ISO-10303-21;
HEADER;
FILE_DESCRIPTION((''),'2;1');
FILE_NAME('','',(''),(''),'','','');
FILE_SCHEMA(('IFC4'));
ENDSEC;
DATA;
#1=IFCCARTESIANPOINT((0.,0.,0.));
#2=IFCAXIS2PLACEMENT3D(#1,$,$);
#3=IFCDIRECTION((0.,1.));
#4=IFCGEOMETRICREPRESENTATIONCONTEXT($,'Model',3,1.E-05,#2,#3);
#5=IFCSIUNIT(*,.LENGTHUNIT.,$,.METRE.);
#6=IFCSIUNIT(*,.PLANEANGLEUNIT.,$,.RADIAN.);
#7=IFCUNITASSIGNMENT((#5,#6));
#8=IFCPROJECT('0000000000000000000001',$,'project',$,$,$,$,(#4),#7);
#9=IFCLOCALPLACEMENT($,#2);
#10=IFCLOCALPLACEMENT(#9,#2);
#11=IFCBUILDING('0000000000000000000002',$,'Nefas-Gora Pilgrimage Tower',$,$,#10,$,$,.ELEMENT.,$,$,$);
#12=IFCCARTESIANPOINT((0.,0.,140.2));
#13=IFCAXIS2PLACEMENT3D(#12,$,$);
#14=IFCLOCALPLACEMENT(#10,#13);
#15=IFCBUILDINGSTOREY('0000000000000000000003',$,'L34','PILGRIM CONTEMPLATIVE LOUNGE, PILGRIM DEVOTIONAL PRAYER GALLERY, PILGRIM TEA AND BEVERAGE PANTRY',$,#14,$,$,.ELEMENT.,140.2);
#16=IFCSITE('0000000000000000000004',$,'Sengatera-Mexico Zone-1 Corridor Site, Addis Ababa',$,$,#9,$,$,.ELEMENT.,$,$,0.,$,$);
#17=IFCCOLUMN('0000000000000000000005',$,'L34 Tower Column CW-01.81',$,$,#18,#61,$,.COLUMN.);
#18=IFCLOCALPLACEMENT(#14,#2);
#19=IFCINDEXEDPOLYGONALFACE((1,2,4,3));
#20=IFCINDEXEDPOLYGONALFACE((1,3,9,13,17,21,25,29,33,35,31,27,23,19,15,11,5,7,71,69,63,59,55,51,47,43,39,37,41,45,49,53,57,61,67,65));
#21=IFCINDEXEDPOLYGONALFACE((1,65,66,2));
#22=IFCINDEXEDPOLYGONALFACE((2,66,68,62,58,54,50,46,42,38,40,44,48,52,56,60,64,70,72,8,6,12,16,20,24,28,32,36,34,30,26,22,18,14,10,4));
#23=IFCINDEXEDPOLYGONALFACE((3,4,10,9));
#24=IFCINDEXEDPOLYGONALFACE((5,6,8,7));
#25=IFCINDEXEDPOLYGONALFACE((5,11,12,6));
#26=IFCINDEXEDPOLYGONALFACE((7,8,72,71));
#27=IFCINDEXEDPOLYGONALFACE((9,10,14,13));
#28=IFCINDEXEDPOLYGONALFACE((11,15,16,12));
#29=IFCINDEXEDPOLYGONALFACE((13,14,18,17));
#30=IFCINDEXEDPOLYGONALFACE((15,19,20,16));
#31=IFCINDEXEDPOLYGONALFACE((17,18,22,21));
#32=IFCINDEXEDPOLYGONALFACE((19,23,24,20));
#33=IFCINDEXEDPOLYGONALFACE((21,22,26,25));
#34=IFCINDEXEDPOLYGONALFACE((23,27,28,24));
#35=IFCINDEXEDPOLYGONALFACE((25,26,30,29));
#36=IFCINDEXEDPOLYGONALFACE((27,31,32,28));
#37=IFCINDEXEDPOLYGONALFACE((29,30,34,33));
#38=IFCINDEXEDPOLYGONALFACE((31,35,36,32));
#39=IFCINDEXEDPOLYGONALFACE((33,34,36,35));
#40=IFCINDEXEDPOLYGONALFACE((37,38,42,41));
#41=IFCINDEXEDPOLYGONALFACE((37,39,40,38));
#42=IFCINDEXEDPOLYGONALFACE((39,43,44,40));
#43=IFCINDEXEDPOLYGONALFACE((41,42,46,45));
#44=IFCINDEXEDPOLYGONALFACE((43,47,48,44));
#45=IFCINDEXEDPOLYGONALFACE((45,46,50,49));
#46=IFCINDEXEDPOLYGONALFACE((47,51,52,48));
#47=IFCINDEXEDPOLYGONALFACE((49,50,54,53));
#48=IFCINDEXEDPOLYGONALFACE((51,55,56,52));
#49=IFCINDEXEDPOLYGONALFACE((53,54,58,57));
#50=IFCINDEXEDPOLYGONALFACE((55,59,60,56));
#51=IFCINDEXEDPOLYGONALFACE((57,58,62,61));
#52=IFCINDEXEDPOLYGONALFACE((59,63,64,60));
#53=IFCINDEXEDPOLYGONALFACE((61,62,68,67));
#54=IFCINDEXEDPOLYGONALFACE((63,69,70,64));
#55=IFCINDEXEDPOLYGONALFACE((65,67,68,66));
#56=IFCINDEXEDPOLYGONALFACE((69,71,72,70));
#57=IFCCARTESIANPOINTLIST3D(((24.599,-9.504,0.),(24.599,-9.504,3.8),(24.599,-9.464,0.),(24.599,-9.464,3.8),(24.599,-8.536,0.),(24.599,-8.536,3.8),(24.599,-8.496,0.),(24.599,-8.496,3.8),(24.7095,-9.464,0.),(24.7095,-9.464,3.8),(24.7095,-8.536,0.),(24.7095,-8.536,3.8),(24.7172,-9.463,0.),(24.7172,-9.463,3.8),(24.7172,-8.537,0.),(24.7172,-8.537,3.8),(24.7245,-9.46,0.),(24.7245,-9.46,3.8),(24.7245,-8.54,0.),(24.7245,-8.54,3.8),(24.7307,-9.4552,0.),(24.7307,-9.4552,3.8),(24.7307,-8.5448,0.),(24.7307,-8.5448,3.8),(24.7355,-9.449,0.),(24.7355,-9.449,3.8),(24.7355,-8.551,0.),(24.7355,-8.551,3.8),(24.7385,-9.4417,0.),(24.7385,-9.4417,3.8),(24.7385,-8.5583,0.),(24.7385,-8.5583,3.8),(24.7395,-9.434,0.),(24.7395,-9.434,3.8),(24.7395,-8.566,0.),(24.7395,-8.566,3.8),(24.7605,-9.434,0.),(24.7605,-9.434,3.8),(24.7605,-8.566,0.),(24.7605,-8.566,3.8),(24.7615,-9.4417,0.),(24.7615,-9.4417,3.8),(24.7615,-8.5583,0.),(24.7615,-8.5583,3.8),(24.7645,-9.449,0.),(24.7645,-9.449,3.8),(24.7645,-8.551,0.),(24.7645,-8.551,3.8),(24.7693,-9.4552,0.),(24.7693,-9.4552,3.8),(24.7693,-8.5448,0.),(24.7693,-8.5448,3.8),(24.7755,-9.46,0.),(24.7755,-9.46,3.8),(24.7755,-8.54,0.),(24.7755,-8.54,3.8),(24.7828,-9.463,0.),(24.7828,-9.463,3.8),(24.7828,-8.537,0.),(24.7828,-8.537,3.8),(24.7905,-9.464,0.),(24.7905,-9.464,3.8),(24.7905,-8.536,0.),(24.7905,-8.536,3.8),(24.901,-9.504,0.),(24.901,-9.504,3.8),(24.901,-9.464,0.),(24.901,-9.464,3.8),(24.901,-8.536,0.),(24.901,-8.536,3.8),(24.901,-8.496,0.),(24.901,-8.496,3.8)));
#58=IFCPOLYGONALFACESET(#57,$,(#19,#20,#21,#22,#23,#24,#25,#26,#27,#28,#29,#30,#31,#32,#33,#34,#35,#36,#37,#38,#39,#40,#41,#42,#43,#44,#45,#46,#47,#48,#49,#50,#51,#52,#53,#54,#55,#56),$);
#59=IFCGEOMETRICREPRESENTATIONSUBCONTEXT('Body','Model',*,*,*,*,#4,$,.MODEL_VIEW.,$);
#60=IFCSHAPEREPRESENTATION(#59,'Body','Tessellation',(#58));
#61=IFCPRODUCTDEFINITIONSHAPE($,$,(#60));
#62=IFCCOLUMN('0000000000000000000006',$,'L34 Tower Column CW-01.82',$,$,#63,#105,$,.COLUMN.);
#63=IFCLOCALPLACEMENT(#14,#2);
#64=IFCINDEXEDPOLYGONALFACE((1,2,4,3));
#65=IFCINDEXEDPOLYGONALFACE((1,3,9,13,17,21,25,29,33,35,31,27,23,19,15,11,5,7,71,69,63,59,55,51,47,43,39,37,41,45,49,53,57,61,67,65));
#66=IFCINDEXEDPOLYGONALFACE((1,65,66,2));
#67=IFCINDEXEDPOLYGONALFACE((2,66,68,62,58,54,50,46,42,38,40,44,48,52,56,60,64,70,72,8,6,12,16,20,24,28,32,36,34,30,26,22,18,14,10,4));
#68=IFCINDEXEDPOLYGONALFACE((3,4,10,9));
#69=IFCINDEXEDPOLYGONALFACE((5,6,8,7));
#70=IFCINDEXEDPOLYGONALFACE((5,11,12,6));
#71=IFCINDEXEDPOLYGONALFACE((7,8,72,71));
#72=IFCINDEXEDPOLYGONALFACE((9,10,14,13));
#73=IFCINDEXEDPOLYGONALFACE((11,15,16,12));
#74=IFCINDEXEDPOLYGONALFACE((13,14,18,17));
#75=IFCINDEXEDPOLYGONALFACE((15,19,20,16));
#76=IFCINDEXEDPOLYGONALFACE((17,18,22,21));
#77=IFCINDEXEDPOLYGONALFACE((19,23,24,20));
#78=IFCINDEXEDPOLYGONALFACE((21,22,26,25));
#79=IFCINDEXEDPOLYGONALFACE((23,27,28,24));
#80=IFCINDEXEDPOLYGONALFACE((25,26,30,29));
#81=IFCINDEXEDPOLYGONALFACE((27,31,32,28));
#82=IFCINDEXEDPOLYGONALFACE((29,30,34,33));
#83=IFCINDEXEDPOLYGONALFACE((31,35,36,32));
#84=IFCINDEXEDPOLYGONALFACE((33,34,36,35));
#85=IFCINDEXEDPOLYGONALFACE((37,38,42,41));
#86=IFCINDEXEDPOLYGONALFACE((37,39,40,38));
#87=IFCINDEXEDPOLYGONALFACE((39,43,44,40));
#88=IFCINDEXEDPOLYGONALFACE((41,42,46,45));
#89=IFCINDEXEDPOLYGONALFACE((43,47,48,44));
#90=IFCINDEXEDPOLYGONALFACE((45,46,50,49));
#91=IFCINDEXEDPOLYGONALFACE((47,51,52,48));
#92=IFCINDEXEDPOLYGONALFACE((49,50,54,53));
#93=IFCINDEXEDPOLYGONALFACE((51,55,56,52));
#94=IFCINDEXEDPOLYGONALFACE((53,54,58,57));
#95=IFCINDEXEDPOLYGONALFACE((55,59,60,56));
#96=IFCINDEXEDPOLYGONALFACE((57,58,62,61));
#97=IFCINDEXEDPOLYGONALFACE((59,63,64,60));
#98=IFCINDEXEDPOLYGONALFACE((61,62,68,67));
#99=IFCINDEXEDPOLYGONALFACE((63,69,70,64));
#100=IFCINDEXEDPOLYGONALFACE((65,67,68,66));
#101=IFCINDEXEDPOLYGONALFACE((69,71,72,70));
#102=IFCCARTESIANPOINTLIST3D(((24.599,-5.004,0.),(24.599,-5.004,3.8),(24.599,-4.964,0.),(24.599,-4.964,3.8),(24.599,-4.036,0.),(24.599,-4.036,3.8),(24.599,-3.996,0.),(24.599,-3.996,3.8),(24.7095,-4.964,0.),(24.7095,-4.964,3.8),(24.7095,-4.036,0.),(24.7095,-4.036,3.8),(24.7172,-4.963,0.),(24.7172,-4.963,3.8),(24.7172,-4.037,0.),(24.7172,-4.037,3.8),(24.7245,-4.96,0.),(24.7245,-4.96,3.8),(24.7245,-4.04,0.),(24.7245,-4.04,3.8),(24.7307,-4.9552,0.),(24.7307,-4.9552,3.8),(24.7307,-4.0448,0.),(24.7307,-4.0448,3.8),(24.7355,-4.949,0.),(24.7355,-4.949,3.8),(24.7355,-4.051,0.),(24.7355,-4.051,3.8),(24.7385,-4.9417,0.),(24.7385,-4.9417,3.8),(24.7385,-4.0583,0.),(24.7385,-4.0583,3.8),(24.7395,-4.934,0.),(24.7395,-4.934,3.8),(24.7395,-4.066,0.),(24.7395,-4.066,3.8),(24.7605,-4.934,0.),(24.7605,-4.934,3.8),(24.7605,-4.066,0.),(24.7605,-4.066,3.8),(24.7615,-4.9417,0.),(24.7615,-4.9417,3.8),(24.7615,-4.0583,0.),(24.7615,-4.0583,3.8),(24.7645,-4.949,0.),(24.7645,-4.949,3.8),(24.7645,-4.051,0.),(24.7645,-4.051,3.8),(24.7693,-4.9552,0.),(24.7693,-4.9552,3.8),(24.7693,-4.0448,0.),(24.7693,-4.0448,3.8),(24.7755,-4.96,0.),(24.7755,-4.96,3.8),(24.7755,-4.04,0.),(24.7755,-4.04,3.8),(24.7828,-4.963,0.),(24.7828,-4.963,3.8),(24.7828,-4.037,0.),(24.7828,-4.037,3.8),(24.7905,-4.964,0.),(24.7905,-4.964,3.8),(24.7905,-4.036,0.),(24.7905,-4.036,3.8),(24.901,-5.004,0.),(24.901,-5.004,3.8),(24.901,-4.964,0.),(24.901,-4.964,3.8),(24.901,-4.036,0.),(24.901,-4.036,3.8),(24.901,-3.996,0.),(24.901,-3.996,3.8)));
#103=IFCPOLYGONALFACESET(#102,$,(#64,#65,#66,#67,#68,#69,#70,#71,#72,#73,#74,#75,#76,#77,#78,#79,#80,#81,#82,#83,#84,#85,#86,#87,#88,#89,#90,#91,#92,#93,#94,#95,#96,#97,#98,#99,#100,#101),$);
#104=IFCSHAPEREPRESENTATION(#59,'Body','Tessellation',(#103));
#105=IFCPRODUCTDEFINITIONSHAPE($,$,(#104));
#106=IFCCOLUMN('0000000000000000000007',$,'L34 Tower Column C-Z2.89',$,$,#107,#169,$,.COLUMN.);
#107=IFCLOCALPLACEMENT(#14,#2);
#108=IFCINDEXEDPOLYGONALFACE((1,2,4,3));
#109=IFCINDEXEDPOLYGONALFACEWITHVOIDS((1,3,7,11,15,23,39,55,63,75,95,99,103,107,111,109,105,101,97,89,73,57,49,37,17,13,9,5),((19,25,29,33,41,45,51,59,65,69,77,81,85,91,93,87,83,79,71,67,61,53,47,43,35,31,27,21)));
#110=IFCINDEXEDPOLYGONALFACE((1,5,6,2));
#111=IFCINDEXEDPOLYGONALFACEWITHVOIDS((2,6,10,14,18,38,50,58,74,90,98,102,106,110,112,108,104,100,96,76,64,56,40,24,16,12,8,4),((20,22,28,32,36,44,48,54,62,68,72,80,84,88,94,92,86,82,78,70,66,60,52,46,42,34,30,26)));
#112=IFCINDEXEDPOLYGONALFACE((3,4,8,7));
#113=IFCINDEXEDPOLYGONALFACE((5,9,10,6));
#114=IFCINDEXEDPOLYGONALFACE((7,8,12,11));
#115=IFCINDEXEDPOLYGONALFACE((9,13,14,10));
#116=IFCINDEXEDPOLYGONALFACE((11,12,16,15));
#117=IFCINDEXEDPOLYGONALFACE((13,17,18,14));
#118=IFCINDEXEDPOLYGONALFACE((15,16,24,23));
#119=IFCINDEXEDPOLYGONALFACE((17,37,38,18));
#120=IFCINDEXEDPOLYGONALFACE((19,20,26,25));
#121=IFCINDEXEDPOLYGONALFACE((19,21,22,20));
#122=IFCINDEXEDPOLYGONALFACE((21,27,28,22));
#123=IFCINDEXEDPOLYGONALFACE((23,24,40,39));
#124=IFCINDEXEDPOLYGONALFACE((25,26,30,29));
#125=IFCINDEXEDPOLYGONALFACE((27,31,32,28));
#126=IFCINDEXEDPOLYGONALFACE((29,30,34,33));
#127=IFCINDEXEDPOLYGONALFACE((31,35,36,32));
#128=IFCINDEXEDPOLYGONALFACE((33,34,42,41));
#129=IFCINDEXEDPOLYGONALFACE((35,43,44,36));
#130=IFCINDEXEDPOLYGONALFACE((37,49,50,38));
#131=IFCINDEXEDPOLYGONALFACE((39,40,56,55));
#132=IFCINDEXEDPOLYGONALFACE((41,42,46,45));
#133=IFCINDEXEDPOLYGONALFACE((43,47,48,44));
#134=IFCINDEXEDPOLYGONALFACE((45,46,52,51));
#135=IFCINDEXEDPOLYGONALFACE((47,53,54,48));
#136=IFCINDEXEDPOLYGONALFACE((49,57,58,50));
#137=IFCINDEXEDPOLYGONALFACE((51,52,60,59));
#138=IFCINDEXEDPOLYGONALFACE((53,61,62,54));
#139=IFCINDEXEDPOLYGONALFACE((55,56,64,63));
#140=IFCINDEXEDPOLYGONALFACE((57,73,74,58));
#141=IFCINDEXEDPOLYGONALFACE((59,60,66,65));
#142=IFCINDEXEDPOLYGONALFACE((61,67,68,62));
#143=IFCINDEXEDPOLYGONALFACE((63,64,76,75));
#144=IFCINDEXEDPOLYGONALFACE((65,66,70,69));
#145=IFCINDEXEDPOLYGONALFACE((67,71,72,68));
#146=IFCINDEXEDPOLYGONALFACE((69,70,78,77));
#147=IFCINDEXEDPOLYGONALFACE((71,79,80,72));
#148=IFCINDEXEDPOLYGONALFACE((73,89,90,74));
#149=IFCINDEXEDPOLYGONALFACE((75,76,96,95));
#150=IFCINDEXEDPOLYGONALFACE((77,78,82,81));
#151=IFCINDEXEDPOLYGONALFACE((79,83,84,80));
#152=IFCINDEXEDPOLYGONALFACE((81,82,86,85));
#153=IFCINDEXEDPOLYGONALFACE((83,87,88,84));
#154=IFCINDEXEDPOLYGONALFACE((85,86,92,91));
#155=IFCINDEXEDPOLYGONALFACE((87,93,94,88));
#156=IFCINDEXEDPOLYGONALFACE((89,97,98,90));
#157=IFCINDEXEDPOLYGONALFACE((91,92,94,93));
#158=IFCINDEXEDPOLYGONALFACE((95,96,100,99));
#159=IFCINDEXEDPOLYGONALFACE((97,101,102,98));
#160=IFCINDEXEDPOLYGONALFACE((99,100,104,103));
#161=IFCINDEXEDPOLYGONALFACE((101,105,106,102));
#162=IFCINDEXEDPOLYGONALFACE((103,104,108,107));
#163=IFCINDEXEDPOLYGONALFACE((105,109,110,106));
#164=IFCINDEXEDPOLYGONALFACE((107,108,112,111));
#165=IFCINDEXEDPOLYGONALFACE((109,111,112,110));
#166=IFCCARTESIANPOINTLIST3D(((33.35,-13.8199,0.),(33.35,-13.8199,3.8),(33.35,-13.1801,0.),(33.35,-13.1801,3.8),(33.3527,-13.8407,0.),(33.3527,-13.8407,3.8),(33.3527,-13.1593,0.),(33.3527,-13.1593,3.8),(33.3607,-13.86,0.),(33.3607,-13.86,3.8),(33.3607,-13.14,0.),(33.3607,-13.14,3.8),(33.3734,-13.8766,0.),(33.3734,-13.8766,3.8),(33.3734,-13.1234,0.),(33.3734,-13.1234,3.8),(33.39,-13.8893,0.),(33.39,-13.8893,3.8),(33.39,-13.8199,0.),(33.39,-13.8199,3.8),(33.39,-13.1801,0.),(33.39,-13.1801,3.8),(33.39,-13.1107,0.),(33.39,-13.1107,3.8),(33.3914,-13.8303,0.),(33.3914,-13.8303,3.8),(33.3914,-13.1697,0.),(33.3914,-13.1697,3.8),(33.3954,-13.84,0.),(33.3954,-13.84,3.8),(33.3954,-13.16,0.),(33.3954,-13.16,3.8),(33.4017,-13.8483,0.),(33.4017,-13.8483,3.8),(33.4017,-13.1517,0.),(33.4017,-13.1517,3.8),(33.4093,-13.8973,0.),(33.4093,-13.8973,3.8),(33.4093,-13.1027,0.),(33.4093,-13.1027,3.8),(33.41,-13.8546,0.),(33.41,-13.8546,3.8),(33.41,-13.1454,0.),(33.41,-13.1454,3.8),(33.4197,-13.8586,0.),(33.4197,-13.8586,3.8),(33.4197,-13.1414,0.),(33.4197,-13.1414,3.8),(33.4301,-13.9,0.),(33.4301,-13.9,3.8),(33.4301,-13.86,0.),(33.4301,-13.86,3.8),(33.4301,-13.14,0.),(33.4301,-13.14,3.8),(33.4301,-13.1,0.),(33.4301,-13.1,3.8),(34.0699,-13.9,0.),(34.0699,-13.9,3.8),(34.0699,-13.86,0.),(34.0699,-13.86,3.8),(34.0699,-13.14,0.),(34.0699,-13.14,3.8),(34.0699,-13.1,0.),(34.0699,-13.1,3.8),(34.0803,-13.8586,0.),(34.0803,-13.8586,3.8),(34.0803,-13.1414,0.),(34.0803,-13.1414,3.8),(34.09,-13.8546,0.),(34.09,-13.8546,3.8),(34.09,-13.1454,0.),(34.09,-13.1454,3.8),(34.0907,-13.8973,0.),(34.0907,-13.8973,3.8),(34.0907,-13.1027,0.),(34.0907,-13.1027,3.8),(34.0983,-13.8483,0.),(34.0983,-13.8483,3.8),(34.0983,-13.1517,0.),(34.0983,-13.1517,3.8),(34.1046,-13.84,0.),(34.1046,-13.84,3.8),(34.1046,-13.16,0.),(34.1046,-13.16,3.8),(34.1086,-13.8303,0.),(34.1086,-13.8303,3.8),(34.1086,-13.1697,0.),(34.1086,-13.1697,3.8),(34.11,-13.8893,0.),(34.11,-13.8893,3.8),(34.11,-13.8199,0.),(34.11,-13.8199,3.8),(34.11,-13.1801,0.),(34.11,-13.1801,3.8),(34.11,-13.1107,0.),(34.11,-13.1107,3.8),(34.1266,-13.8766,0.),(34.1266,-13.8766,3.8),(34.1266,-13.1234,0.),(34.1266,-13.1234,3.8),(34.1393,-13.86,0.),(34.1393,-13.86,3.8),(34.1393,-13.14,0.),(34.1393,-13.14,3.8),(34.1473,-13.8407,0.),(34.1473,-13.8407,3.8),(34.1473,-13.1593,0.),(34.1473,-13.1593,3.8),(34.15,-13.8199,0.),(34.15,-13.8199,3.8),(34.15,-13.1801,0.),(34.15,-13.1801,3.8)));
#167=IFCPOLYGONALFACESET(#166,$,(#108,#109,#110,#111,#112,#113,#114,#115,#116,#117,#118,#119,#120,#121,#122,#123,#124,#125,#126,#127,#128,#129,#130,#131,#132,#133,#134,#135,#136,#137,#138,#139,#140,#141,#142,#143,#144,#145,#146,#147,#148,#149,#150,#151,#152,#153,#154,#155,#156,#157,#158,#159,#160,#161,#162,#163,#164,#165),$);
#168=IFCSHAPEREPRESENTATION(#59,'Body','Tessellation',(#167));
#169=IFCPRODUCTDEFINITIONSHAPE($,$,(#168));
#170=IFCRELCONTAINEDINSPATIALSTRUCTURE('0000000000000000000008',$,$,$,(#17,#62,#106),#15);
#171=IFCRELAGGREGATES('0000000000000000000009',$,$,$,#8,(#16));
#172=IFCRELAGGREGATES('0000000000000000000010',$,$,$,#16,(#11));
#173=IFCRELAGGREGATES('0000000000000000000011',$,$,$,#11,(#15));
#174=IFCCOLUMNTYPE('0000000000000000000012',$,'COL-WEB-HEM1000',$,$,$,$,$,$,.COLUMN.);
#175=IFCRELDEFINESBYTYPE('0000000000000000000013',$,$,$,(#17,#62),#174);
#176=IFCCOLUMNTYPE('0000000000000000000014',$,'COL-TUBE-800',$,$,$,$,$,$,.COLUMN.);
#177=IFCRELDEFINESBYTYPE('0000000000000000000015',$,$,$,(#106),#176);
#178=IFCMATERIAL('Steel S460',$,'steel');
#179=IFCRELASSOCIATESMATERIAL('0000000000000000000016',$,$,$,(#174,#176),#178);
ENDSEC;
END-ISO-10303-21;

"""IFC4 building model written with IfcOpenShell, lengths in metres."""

from ifc_helpers import new_model, si_unit, direction, frame, origin, origin_2d, place, context, subcontext, project, spatial, hollow_rectangle, i_section, extrude, source, transform, mapped, material, material_profile, profile_set, type_object, element, save


model = new_model("IFC4")

# Units and contexts
model_context = context("Model", 3, precision=1e-05, world=origin(), true_north=direction((0.0, 1.0)))
body_context = subcontext(model_context, "Body", "Model", "MODEL_VIEW")
ifc_project = project(units=[si_unit("LENGTHUNIT", "METRE"), si_unit("PLANEANGLEUNIT", "RADIAN")], contexts=[model_context])

# Site, building, storey
site_placement = place(None, origin())
site = spatial("IfcSite", under=ifc_project, at=site_placement, Name="Sengatera-Mexico Zone-1 Corridor Site, Addis Ababa", CompositionType="ELEMENT", RefElevation=0.0)
building_placement = place(site_placement, origin())
building = spatial("IfcBuilding", under=site, at=building_placement, Name="Nefas-Gora Pilgrimage Tower", CompositionType="ELEMENT")
storey_placement = place(building_placement, frame((0.0, 0.0, 140.2)))
storey = spatial("IfcBuildingStorey", under=building, at=storey_placement, Name="L34", Description="PILGRIM CONTEMPLATIVE LOUNGE, PILGRIM DEVOTIONAL PRAYER GALLERY, PILGRIM TEA AND BEVERAGE PANTRY", CompositionType="ELEMENT", Elevation=140.2)

# Columns
ifc_material_1 = material(Name="Steel S460", Category="steel")
ifc_material_profile_1 = material_profile(ifc_material_1, i_section(OverallWidth=0.302, OverallDepth=1.0081, WebThickness=0.021, FlangeThickness=0.04, FilletRadius=0.03, at=origin_2d()), Name="HEM 1000")
ifc_profile_set_1 = profile_set([ifc_material_profile_1], Name="Steel S460")
column_type_1 = type_object("IfcColumnType", Name="COL-WEB-HEM1000", PredefinedType="COLUMN", material=ifc_profile_set_1)
shared_shape_1 = source(origin(), body_context, "Body", "SweptSolid", [
    extrude(i_section(OverallWidth=0.302, OverallDepth=1.0081, WebThickness=0.021, FlangeThickness=0.04, FilletRadius=0.03, at=origin_2d()), origin(), (0.0, 0.0, 1.0), 3.8),
])
for number, where, z_axis, x_axis, name in (
    (1, (24.75, -9.0, 0.0), (0.0, 0.0, 1.0), (1.0, 0.0, 0.0), "L34 Tower Column CW-01.81"),
    (2, (24.75, -4.5, 0.0), (0.0, 0.0, 1.0), (1.0, 0.0, 0.0), "L34 Tower Column CW-01.82"),
):
    element("IfcColumn", number, at=place(storey_placement, frame(where, z_axis=z_axis, x_axis=x_axis)), inside=storey, type_object=column_type_1, Name=name, PredefinedType="COLUMN", context=body_context, shape_type="MappedRepresentation", body=[
        mapped(shared_shape_1, transform((0.0, 0.0, 0.0), x_axis=(1.0, 0.0, 0.0), y_axis=(0.0, 1.0, 0.0), z_axis=(0.0, 0.0, 1.0), scale=1.0)),
    ])
ifc_material_profile_2 = material_profile(ifc_material_1, hollow_rectangle(XDim=0.8, YDim=0.8, WallThickness=0.04, InnerFilletRadius=0.04, OuterFilletRadius=0.0801, at=origin_2d()), Name="BOX 800x800x40")
ifc_profile_set_2 = profile_set([ifc_material_profile_2], Name="Steel S460")
column_type_2 = type_object("IfcColumnType", Name="COL-TUBE-800", PredefinedType="COLUMN", material=ifc_profile_set_2)
shared_shape_2 = source(origin(), body_context, "Body", "SweptSolid", [
    extrude(hollow_rectangle(XDim=0.8, YDim=0.8, WallThickness=0.04, InnerFilletRadius=0.04, OuterFilletRadius=0.0801, at=origin_2d()), origin(), (0.0, 0.0, 1.0), 3.8),
])
for number, where, z_axis, x_axis, name in (
    (3, (33.75, -13.5, 0.0), (0.0, 0.0, 1.0), (1.0, 0.0, 0.0), "L34 Tower Column C-Z2.89"),
):
    element("IfcColumn", number, at=place(storey_placement, frame(where, z_axis=z_axis, x_axis=x_axis)), inside=storey, type_object=column_type_2, Name=name, PredefinedType="COLUMN", context=body_context, shape_type="MappedRepresentation", body=[
        mapped(shared_shape_2, transform((0.0, 0.0, 0.0), x_axis=(1.0, 0.0, 0.0), y_axis=(0.0, 1.0, 0.0), z_axis=(0.0, 0.0, 1.0), scale=1.0)),
    ])

save(model, "model.ifc")
